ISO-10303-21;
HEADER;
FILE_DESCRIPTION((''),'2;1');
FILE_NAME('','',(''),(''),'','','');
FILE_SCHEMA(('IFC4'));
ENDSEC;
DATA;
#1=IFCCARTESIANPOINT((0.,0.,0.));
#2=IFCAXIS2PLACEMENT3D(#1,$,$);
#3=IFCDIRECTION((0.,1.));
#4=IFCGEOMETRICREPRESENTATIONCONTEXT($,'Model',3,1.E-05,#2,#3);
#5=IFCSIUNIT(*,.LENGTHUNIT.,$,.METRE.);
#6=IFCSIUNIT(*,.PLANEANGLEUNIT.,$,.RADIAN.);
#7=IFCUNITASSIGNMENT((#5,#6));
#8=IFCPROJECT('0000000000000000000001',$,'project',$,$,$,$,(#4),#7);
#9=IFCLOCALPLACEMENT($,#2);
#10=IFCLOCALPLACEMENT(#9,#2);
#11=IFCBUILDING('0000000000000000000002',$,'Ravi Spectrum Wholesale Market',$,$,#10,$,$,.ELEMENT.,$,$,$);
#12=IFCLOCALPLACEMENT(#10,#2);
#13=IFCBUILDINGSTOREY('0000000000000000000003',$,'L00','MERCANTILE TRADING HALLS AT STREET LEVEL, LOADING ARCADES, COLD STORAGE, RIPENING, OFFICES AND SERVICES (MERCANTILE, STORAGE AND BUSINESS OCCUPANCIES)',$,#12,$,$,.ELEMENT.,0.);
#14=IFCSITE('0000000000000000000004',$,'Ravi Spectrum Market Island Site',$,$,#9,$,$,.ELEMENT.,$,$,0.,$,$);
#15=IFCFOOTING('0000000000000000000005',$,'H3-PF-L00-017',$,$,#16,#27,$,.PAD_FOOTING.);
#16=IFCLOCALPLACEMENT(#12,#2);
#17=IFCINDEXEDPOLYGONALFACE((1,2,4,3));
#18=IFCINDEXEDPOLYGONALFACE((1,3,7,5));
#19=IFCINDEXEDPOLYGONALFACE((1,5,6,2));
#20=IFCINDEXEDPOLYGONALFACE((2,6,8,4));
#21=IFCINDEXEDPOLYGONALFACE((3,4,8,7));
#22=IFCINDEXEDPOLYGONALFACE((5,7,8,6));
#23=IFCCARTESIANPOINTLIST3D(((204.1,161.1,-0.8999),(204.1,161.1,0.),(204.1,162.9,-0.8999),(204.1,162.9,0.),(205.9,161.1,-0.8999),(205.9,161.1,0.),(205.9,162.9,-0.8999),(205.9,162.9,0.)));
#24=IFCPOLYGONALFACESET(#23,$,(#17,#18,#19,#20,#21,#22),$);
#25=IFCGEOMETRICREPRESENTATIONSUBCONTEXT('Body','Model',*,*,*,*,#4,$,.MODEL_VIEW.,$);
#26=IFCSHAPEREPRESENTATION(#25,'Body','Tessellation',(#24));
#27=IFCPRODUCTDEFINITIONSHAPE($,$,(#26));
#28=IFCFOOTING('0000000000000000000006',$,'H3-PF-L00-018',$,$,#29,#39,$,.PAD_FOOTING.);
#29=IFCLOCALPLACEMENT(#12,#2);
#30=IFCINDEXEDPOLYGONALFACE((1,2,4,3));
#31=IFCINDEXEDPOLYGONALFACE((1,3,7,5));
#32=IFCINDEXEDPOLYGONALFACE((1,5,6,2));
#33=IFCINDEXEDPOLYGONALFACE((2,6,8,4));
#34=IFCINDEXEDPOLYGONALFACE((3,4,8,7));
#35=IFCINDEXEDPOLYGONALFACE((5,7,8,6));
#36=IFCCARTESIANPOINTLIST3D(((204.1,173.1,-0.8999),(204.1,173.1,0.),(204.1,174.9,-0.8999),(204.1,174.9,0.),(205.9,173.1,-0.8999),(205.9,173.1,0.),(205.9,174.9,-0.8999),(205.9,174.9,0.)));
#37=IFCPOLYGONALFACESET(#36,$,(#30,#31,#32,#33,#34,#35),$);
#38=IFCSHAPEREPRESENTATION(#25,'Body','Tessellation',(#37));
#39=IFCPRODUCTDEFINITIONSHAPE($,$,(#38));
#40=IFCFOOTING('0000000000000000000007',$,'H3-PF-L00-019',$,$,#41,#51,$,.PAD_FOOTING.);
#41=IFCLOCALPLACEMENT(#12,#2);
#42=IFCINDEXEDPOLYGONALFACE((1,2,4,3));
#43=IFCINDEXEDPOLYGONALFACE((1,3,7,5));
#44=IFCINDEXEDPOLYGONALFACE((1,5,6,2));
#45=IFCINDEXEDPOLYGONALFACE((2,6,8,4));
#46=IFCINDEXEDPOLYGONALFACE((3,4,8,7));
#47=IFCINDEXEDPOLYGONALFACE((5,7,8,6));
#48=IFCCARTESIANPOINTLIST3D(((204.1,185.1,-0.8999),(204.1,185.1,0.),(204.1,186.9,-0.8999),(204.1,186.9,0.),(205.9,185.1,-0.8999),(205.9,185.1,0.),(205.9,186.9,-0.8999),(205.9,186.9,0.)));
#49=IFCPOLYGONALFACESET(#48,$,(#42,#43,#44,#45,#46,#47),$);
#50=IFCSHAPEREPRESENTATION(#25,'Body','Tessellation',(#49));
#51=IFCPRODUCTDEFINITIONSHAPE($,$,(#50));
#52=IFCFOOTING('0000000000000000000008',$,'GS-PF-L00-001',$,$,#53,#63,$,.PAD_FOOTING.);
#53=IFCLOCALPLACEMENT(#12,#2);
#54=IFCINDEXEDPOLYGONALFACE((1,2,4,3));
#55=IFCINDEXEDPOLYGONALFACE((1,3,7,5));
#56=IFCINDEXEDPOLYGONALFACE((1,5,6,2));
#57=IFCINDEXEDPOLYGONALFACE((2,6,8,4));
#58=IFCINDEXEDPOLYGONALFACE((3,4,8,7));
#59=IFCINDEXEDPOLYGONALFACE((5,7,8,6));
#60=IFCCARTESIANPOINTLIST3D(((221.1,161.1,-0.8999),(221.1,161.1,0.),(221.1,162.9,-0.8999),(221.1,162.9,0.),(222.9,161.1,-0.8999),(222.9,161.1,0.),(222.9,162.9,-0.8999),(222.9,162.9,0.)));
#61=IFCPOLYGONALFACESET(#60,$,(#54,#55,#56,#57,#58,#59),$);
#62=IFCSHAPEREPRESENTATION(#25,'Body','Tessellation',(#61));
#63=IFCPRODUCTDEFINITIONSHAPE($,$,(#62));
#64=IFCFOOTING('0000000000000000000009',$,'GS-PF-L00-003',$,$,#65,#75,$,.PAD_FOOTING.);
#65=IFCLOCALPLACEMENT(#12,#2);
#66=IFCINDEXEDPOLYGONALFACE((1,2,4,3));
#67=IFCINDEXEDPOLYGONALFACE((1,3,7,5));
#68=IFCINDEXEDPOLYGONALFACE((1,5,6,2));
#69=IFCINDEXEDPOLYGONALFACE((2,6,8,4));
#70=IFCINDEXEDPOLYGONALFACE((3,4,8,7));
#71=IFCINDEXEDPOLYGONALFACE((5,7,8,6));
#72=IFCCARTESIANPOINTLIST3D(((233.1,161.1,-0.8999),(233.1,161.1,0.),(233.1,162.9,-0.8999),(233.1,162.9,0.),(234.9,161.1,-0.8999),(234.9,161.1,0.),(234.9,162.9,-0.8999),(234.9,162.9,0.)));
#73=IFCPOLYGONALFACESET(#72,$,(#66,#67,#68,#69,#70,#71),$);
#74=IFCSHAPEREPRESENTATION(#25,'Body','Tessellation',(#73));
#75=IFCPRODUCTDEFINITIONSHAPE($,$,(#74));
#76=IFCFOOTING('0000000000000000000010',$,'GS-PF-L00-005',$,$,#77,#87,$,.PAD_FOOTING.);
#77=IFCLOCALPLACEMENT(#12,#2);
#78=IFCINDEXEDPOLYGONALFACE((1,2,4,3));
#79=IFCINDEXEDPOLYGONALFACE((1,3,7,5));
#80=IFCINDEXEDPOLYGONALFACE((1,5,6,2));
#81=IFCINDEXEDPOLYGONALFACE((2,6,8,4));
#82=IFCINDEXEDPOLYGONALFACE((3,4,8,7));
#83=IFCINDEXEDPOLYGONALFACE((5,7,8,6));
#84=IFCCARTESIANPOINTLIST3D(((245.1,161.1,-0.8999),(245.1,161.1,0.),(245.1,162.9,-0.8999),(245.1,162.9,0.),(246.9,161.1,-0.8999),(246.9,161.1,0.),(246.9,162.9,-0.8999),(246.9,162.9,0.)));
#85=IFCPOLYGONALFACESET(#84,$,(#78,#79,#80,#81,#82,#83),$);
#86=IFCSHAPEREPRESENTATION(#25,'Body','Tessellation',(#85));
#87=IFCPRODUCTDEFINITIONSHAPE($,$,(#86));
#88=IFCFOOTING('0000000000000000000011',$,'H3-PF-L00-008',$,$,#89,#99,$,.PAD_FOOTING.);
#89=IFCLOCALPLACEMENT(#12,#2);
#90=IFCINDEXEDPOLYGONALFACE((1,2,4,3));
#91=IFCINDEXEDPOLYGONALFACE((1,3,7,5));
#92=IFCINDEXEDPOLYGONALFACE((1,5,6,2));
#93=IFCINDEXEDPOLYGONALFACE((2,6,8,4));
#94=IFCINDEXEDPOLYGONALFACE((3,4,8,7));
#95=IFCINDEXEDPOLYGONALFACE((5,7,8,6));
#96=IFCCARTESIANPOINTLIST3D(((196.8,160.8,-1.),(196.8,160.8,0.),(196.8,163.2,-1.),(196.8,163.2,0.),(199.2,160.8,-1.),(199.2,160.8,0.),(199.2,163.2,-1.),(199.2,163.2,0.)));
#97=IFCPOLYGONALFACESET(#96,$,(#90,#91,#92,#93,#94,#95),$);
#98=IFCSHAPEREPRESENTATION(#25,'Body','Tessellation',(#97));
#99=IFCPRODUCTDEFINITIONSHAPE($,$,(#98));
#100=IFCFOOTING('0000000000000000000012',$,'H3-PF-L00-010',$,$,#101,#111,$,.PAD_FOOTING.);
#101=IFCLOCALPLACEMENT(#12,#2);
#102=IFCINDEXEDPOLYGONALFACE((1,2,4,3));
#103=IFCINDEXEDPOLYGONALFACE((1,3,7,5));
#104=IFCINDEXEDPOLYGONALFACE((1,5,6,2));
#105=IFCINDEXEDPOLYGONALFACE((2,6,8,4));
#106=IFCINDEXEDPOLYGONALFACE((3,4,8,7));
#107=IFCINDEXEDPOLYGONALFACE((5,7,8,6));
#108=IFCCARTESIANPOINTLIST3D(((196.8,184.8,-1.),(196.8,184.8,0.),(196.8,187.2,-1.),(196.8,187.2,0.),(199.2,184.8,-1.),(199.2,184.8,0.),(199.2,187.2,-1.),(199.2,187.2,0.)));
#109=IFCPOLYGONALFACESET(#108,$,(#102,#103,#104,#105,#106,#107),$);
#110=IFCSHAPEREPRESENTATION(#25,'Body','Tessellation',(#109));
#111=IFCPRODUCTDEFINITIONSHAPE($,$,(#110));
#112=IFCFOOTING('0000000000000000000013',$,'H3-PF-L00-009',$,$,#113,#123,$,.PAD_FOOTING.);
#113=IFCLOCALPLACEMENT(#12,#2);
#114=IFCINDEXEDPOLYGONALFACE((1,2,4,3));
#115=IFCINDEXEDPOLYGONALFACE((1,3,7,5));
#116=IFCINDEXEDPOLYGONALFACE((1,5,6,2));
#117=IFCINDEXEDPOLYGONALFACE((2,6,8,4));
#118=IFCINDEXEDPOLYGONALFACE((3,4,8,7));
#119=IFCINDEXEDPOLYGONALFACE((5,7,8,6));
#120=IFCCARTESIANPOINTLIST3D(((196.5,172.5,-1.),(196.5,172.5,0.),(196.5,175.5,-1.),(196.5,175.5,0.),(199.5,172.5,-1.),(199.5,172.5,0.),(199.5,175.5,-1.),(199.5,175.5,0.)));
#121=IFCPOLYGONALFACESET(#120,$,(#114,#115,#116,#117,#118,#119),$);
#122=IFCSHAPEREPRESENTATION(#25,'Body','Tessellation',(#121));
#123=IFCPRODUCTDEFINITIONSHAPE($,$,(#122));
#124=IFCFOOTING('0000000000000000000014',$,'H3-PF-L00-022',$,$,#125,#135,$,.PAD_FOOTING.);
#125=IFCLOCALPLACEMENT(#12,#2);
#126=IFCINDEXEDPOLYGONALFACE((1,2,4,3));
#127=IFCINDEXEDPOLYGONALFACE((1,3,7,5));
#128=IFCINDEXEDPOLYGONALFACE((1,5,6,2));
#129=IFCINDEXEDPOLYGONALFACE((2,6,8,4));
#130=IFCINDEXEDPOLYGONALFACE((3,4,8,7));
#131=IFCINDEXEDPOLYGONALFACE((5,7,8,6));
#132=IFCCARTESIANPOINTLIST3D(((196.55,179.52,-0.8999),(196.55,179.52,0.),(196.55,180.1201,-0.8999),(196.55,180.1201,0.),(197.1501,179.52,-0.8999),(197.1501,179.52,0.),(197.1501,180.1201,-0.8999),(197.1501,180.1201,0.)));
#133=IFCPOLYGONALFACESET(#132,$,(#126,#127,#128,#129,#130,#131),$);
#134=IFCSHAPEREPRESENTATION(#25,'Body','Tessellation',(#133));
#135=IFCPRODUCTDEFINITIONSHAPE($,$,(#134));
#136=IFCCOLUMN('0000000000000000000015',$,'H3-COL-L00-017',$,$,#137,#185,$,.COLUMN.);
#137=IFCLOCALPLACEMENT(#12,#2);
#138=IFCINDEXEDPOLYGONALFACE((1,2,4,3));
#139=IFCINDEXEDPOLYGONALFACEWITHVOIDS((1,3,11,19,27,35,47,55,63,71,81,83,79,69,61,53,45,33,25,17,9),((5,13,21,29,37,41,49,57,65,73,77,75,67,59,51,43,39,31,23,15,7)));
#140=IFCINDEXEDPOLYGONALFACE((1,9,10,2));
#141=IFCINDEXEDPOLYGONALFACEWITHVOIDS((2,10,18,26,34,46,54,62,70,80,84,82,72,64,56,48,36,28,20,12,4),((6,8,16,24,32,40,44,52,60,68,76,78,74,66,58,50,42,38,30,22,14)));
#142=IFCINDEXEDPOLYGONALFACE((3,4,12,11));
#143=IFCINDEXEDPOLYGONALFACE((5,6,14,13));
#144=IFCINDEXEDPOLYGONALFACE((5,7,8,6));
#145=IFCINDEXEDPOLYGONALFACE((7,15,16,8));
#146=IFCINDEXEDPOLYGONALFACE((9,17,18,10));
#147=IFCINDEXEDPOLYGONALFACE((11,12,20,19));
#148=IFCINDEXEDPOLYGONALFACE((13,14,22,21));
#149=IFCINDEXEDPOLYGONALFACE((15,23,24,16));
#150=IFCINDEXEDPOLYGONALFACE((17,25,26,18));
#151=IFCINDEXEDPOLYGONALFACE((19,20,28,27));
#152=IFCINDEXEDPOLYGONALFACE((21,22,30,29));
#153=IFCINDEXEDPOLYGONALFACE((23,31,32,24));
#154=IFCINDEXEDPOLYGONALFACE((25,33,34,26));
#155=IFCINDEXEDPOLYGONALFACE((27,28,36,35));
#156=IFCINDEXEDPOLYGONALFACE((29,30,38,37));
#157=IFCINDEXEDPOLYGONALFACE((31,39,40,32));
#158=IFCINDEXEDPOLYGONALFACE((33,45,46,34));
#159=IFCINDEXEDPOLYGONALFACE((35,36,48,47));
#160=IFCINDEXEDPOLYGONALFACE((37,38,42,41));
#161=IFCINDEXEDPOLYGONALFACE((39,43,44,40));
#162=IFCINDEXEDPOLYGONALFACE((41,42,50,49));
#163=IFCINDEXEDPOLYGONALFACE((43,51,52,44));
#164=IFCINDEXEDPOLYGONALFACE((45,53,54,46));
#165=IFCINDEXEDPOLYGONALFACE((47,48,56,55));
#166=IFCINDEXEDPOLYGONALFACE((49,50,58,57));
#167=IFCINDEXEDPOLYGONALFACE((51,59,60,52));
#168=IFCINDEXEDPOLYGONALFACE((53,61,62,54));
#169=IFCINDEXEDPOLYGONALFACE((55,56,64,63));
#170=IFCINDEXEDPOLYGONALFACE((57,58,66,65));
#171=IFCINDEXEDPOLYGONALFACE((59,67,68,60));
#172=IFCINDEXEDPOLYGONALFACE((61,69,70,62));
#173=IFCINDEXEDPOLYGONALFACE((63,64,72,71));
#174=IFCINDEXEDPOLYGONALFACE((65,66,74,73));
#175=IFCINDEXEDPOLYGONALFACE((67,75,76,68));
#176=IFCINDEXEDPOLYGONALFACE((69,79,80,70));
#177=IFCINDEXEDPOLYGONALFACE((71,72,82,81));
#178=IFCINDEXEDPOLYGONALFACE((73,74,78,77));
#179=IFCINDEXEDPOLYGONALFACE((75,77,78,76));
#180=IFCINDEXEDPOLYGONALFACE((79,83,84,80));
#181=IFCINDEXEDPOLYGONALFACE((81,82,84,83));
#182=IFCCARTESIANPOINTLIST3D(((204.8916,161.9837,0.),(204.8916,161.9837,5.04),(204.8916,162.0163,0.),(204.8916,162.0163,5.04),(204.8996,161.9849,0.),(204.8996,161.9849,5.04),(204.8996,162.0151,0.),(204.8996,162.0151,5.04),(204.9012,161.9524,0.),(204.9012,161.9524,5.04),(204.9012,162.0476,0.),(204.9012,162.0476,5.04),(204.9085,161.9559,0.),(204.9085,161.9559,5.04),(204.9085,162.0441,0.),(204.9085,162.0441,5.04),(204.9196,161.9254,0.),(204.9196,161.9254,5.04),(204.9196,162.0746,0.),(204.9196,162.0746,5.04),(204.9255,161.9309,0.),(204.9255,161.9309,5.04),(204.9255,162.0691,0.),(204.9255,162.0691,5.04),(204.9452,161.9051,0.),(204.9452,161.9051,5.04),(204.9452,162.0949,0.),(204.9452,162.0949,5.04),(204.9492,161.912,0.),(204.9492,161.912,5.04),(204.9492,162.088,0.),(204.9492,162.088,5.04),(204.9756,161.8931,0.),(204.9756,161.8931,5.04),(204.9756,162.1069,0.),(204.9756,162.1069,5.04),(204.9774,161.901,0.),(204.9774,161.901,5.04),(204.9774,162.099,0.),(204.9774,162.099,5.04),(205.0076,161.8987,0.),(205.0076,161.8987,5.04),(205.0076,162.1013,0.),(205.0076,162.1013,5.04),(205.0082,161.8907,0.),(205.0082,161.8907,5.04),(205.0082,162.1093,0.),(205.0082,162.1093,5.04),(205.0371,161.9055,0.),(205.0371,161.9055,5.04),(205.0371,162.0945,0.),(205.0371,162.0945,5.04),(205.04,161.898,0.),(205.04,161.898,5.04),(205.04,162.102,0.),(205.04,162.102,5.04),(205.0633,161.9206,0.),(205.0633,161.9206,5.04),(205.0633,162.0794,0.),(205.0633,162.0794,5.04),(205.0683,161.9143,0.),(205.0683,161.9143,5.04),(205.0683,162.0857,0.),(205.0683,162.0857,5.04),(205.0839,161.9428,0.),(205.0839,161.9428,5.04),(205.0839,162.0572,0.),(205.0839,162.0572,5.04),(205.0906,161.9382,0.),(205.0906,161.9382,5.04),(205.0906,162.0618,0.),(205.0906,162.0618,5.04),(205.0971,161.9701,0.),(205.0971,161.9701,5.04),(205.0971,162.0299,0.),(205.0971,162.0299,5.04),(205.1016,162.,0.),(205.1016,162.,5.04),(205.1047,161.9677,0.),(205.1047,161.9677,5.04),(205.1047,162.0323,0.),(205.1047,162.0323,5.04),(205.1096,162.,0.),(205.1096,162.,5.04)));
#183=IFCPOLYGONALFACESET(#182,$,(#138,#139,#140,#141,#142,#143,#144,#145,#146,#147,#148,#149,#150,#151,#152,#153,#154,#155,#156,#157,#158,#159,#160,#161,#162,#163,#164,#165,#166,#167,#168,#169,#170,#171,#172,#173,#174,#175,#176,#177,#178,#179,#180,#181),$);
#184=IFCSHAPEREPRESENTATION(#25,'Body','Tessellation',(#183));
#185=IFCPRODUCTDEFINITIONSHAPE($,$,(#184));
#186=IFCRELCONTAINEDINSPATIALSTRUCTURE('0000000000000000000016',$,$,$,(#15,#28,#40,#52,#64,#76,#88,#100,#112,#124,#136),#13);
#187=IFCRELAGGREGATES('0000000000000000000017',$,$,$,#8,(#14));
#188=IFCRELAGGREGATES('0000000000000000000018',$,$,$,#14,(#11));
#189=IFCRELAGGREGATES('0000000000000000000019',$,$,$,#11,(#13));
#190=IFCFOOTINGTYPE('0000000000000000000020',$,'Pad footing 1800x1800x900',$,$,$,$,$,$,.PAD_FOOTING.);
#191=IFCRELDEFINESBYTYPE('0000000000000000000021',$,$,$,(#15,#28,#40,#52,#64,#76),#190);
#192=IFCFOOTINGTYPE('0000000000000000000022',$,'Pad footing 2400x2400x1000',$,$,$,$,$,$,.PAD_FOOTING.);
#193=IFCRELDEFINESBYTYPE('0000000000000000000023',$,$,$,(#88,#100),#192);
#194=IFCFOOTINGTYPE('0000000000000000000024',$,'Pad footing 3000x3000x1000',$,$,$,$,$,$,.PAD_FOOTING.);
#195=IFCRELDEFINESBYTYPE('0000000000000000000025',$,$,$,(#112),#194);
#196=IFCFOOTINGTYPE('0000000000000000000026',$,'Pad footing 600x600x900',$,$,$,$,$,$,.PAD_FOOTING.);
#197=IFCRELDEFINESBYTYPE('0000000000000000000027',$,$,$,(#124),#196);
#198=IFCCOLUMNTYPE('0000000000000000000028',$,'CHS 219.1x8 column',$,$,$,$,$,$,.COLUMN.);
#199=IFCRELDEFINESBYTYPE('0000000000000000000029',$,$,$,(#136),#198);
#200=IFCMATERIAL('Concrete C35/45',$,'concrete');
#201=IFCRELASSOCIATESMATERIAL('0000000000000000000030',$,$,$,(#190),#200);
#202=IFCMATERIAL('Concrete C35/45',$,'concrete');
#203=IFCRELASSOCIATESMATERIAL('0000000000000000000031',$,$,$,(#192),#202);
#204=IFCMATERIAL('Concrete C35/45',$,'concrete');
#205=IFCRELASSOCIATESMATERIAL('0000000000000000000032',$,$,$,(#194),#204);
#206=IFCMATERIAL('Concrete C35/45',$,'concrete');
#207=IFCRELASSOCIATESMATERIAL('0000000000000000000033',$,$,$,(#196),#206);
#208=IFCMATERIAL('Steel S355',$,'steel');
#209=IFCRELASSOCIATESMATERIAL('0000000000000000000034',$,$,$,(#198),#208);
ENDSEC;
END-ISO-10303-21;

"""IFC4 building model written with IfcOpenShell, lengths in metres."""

from ifc_helpers import new_model, si_unit, direction, frame, origin, origin_2d, place, context, subcontext, project, spatial, rectangle, hollow_circle, extrude, material, material_profile, profile_set, type_object, element, save


model = new_model("IFC4")

# Units and contexts
model_context = context("Model", 3, precision=1e-05, world=origin(), true_north=direction((0.0, 1.0)))
body_context = subcontext(model_context, "Body", "Model", "MODEL_VIEW")
ifc_project = project(units=[si_unit("LENGTHUNIT", "METRE"), si_unit("PLANEANGLEUNIT", "RADIAN")], contexts=[model_context])

# Site, building, storey
site_placement = place(None, origin())
site = spatial("IfcSite", under=ifc_project, at=site_placement, Name="Ravi Spectrum Market Island Site", CompositionType="ELEMENT", RefElevation=0.0)
building_placement = place(site_placement, origin())
building = spatial("IfcBuilding", under=site, at=building_placement, Name="Ravi Spectrum Wholesale Market", CompositionType="ELEMENT")
storey_placement = place(building_placement, origin())
storey = spatial("IfcBuildingStorey", under=building, at=storey_placement, Name="L00", Description="MERCANTILE TRADING HALLS AT STREET LEVEL, LOADING ARCADES, COLD STORAGE, RIPENING, OFFICES AND SERVICES (MERCANTILE, STORAGE AND BUSINESS OCCUPANCIES)", CompositionType="ELEMENT", Elevation=0.0)

# Footings
ifc_material_1 = material(Name="Concrete C35/45", Category="concrete")
footing_type_1 = type_object("IfcFootingType", Name="Pad footing 1800x1800x900", PredefinedType="PAD_FOOTING", material=ifc_material_1)
for number, where, z_axis, x_axis, name in (
    (1, (205.0, 162.0, -0.8999), (0.0, 0.0, 1.0), (1.0, 0.0, 0.0), "H3-PF-L00-017"),
    (2, (205.0, 174.0, -0.8999), (0.0, 0.0, 1.0), (1.0, 0.0, 0.0), "H3-PF-L00-018"),
    (3, (205.0, 186.0, -0.8999), (0.0, 0.0, 1.0), (1.0, 0.0, 0.0), "H3-PF-L00-019"),
    (4, (222.0, 162.0, -0.8999), (0.0, 0.0, 1.0), (1.0, 0.0, 0.0), "GS-PF-L00-001"),
    (5, (234.0, 162.0, -0.8999), (0.0, 0.0, 1.0), (1.0, 0.0, 0.0), "GS-PF-L00-003"),
    (6, (246.0, 162.0, -0.8999), (0.0, 0.0, 1.0), (1.0, 0.0, 0.0), "GS-PF-L00-005"),
):
    element("IfcFooting", number, at=place(storey_placement, frame(where, z_axis=z_axis, x_axis=x_axis)), inside=storey, type_object=footing_type_1, Name=name, PredefinedType="PAD_FOOTING", context=body_context, shape_type="SweptSolid", body=[
        extrude(rectangle(XDim=1.8, YDim=1.8, at=origin_2d()), origin(), (0.0, 0.0, 1.0), 0.8999),
    ])
ifc_material_2 = material(Name="Concrete C35/45", Category="concrete")
footing_type_2 = type_object("IfcFootingType", Name="Pad footing 2400x2400x1000", PredefinedType="PAD_FOOTING", material=ifc_material_2)
for number, where, z_axis, x_axis, name in (
    (7, (198.0, 162.0, -1.0), (0.0, 0.0, 1.0), (1.0, 0.0, 0.0), "H3-PF-L00-008"),
    (8, (198.0, 186.0, -1.0), (0.0, 0.0, 1.0), (1.0, 0.0, 0.0), "H3-PF-L00-010"),
):
    element("IfcFooting", number, at=place(storey_placement, frame(where, z_axis=z_axis, x_axis=x_axis)), inside=storey, type_object=footing_type_2, Name=name, PredefinedType="PAD_FOOTING", context=body_context, shape_type="SweptSolid", body=[
        extrude(rectangle(XDim=2.3999, YDim=2.3999, at=origin_2d()), origin(), (0.0, 0.0, 1.0), 1.0),
    ])
ifc_material_3 = material(Name="Concrete C35/45", Category="concrete")
footing_type_3 = type_object("IfcFootingType", Name="Pad footing 3000x3000x1000", PredefinedType="PAD_FOOTING", material=ifc_material_3)
footing_1_placement = place(storey_placement, frame((198.0, 174.0, -1.0), z_axis=(0.0, 0.0, 1.0), x_axis=(1.0, 0.0, 0.0)))
element("IfcFooting", 9, at=footing_1_placement, inside=storey, type_object=footing_type_3, Name="H3-PF-L00-009", PredefinedType="PAD_FOOTING", context=body_context, shape_type="SweptSolid", body=[
    extrude(rectangle(XDim=3.0, YDim=3.0, at=origin_2d()), origin(), (0.0, 0.0, 1.0), 1.0),
])
ifc_material_4 = material(Name="Concrete C35/45", Category="concrete")
footing_type_4 = type_object("IfcFootingType", Name="Pad footing 600x600x900", PredefinedType="PAD_FOOTING", material=ifc_material_4)
footing_2_placement = place(storey_placement, frame((196.8501, 179.8201, -0.8999), z_axis=(0.0, 0.0, 1.0), x_axis=(1.0, 0.0, 0.0)))
element("IfcFooting", 10, at=footing_2_placement, inside=storey, type_object=footing_type_4, Name="H3-PF-L00-022", PredefinedType="PAD_FOOTING", context=body_context, shape_type="SweptSolid", body=[
    extrude(rectangle(XDim=0.6001, YDim=0.6001, at=origin_2d()), origin(), (0.0, 0.0, 1.0), 0.8999),
])

# Column
ifc_material_5 = material(Name="Steel S355", Category="steel")
ifc_material_profile_1 = material_profile(ifc_material_5, hollow_circle(Radius=0.1096, WallThickness=0.0081, at=origin_2d()))
ifc_profile_set_1 = profile_set([ifc_material_profile_1], Name="Steel S355")
column_type_1 = type_object("IfcColumnType", Name="CHS 219.1x8 column", PredefinedType="COLUMN", material=ifc_profile_set_1)
for number, where, z_axis, x_axis, name in (
    (11, (205.0, 162.0, 0.0), (0.0, 0.0, 1.0), (1.0, 0.0, 0.0), "H3-COL-L00-017"),
):
    element("IfcColumn", number, at=place(storey_placement, frame(where, z_axis=z_axis, x_axis=x_axis)), inside=storey, type_object=column_type_1, Name=name, PredefinedType="COLUMN", context=body_context, shape_type="SweptSolid", body=[
        extrude(hollow_circle(Radius=0.1096, WallThickness=0.0081, at=origin_2d()), origin(), (0.0, 0.0, 1.0), 5.04),
    ])

save(model, "model.ifc")
